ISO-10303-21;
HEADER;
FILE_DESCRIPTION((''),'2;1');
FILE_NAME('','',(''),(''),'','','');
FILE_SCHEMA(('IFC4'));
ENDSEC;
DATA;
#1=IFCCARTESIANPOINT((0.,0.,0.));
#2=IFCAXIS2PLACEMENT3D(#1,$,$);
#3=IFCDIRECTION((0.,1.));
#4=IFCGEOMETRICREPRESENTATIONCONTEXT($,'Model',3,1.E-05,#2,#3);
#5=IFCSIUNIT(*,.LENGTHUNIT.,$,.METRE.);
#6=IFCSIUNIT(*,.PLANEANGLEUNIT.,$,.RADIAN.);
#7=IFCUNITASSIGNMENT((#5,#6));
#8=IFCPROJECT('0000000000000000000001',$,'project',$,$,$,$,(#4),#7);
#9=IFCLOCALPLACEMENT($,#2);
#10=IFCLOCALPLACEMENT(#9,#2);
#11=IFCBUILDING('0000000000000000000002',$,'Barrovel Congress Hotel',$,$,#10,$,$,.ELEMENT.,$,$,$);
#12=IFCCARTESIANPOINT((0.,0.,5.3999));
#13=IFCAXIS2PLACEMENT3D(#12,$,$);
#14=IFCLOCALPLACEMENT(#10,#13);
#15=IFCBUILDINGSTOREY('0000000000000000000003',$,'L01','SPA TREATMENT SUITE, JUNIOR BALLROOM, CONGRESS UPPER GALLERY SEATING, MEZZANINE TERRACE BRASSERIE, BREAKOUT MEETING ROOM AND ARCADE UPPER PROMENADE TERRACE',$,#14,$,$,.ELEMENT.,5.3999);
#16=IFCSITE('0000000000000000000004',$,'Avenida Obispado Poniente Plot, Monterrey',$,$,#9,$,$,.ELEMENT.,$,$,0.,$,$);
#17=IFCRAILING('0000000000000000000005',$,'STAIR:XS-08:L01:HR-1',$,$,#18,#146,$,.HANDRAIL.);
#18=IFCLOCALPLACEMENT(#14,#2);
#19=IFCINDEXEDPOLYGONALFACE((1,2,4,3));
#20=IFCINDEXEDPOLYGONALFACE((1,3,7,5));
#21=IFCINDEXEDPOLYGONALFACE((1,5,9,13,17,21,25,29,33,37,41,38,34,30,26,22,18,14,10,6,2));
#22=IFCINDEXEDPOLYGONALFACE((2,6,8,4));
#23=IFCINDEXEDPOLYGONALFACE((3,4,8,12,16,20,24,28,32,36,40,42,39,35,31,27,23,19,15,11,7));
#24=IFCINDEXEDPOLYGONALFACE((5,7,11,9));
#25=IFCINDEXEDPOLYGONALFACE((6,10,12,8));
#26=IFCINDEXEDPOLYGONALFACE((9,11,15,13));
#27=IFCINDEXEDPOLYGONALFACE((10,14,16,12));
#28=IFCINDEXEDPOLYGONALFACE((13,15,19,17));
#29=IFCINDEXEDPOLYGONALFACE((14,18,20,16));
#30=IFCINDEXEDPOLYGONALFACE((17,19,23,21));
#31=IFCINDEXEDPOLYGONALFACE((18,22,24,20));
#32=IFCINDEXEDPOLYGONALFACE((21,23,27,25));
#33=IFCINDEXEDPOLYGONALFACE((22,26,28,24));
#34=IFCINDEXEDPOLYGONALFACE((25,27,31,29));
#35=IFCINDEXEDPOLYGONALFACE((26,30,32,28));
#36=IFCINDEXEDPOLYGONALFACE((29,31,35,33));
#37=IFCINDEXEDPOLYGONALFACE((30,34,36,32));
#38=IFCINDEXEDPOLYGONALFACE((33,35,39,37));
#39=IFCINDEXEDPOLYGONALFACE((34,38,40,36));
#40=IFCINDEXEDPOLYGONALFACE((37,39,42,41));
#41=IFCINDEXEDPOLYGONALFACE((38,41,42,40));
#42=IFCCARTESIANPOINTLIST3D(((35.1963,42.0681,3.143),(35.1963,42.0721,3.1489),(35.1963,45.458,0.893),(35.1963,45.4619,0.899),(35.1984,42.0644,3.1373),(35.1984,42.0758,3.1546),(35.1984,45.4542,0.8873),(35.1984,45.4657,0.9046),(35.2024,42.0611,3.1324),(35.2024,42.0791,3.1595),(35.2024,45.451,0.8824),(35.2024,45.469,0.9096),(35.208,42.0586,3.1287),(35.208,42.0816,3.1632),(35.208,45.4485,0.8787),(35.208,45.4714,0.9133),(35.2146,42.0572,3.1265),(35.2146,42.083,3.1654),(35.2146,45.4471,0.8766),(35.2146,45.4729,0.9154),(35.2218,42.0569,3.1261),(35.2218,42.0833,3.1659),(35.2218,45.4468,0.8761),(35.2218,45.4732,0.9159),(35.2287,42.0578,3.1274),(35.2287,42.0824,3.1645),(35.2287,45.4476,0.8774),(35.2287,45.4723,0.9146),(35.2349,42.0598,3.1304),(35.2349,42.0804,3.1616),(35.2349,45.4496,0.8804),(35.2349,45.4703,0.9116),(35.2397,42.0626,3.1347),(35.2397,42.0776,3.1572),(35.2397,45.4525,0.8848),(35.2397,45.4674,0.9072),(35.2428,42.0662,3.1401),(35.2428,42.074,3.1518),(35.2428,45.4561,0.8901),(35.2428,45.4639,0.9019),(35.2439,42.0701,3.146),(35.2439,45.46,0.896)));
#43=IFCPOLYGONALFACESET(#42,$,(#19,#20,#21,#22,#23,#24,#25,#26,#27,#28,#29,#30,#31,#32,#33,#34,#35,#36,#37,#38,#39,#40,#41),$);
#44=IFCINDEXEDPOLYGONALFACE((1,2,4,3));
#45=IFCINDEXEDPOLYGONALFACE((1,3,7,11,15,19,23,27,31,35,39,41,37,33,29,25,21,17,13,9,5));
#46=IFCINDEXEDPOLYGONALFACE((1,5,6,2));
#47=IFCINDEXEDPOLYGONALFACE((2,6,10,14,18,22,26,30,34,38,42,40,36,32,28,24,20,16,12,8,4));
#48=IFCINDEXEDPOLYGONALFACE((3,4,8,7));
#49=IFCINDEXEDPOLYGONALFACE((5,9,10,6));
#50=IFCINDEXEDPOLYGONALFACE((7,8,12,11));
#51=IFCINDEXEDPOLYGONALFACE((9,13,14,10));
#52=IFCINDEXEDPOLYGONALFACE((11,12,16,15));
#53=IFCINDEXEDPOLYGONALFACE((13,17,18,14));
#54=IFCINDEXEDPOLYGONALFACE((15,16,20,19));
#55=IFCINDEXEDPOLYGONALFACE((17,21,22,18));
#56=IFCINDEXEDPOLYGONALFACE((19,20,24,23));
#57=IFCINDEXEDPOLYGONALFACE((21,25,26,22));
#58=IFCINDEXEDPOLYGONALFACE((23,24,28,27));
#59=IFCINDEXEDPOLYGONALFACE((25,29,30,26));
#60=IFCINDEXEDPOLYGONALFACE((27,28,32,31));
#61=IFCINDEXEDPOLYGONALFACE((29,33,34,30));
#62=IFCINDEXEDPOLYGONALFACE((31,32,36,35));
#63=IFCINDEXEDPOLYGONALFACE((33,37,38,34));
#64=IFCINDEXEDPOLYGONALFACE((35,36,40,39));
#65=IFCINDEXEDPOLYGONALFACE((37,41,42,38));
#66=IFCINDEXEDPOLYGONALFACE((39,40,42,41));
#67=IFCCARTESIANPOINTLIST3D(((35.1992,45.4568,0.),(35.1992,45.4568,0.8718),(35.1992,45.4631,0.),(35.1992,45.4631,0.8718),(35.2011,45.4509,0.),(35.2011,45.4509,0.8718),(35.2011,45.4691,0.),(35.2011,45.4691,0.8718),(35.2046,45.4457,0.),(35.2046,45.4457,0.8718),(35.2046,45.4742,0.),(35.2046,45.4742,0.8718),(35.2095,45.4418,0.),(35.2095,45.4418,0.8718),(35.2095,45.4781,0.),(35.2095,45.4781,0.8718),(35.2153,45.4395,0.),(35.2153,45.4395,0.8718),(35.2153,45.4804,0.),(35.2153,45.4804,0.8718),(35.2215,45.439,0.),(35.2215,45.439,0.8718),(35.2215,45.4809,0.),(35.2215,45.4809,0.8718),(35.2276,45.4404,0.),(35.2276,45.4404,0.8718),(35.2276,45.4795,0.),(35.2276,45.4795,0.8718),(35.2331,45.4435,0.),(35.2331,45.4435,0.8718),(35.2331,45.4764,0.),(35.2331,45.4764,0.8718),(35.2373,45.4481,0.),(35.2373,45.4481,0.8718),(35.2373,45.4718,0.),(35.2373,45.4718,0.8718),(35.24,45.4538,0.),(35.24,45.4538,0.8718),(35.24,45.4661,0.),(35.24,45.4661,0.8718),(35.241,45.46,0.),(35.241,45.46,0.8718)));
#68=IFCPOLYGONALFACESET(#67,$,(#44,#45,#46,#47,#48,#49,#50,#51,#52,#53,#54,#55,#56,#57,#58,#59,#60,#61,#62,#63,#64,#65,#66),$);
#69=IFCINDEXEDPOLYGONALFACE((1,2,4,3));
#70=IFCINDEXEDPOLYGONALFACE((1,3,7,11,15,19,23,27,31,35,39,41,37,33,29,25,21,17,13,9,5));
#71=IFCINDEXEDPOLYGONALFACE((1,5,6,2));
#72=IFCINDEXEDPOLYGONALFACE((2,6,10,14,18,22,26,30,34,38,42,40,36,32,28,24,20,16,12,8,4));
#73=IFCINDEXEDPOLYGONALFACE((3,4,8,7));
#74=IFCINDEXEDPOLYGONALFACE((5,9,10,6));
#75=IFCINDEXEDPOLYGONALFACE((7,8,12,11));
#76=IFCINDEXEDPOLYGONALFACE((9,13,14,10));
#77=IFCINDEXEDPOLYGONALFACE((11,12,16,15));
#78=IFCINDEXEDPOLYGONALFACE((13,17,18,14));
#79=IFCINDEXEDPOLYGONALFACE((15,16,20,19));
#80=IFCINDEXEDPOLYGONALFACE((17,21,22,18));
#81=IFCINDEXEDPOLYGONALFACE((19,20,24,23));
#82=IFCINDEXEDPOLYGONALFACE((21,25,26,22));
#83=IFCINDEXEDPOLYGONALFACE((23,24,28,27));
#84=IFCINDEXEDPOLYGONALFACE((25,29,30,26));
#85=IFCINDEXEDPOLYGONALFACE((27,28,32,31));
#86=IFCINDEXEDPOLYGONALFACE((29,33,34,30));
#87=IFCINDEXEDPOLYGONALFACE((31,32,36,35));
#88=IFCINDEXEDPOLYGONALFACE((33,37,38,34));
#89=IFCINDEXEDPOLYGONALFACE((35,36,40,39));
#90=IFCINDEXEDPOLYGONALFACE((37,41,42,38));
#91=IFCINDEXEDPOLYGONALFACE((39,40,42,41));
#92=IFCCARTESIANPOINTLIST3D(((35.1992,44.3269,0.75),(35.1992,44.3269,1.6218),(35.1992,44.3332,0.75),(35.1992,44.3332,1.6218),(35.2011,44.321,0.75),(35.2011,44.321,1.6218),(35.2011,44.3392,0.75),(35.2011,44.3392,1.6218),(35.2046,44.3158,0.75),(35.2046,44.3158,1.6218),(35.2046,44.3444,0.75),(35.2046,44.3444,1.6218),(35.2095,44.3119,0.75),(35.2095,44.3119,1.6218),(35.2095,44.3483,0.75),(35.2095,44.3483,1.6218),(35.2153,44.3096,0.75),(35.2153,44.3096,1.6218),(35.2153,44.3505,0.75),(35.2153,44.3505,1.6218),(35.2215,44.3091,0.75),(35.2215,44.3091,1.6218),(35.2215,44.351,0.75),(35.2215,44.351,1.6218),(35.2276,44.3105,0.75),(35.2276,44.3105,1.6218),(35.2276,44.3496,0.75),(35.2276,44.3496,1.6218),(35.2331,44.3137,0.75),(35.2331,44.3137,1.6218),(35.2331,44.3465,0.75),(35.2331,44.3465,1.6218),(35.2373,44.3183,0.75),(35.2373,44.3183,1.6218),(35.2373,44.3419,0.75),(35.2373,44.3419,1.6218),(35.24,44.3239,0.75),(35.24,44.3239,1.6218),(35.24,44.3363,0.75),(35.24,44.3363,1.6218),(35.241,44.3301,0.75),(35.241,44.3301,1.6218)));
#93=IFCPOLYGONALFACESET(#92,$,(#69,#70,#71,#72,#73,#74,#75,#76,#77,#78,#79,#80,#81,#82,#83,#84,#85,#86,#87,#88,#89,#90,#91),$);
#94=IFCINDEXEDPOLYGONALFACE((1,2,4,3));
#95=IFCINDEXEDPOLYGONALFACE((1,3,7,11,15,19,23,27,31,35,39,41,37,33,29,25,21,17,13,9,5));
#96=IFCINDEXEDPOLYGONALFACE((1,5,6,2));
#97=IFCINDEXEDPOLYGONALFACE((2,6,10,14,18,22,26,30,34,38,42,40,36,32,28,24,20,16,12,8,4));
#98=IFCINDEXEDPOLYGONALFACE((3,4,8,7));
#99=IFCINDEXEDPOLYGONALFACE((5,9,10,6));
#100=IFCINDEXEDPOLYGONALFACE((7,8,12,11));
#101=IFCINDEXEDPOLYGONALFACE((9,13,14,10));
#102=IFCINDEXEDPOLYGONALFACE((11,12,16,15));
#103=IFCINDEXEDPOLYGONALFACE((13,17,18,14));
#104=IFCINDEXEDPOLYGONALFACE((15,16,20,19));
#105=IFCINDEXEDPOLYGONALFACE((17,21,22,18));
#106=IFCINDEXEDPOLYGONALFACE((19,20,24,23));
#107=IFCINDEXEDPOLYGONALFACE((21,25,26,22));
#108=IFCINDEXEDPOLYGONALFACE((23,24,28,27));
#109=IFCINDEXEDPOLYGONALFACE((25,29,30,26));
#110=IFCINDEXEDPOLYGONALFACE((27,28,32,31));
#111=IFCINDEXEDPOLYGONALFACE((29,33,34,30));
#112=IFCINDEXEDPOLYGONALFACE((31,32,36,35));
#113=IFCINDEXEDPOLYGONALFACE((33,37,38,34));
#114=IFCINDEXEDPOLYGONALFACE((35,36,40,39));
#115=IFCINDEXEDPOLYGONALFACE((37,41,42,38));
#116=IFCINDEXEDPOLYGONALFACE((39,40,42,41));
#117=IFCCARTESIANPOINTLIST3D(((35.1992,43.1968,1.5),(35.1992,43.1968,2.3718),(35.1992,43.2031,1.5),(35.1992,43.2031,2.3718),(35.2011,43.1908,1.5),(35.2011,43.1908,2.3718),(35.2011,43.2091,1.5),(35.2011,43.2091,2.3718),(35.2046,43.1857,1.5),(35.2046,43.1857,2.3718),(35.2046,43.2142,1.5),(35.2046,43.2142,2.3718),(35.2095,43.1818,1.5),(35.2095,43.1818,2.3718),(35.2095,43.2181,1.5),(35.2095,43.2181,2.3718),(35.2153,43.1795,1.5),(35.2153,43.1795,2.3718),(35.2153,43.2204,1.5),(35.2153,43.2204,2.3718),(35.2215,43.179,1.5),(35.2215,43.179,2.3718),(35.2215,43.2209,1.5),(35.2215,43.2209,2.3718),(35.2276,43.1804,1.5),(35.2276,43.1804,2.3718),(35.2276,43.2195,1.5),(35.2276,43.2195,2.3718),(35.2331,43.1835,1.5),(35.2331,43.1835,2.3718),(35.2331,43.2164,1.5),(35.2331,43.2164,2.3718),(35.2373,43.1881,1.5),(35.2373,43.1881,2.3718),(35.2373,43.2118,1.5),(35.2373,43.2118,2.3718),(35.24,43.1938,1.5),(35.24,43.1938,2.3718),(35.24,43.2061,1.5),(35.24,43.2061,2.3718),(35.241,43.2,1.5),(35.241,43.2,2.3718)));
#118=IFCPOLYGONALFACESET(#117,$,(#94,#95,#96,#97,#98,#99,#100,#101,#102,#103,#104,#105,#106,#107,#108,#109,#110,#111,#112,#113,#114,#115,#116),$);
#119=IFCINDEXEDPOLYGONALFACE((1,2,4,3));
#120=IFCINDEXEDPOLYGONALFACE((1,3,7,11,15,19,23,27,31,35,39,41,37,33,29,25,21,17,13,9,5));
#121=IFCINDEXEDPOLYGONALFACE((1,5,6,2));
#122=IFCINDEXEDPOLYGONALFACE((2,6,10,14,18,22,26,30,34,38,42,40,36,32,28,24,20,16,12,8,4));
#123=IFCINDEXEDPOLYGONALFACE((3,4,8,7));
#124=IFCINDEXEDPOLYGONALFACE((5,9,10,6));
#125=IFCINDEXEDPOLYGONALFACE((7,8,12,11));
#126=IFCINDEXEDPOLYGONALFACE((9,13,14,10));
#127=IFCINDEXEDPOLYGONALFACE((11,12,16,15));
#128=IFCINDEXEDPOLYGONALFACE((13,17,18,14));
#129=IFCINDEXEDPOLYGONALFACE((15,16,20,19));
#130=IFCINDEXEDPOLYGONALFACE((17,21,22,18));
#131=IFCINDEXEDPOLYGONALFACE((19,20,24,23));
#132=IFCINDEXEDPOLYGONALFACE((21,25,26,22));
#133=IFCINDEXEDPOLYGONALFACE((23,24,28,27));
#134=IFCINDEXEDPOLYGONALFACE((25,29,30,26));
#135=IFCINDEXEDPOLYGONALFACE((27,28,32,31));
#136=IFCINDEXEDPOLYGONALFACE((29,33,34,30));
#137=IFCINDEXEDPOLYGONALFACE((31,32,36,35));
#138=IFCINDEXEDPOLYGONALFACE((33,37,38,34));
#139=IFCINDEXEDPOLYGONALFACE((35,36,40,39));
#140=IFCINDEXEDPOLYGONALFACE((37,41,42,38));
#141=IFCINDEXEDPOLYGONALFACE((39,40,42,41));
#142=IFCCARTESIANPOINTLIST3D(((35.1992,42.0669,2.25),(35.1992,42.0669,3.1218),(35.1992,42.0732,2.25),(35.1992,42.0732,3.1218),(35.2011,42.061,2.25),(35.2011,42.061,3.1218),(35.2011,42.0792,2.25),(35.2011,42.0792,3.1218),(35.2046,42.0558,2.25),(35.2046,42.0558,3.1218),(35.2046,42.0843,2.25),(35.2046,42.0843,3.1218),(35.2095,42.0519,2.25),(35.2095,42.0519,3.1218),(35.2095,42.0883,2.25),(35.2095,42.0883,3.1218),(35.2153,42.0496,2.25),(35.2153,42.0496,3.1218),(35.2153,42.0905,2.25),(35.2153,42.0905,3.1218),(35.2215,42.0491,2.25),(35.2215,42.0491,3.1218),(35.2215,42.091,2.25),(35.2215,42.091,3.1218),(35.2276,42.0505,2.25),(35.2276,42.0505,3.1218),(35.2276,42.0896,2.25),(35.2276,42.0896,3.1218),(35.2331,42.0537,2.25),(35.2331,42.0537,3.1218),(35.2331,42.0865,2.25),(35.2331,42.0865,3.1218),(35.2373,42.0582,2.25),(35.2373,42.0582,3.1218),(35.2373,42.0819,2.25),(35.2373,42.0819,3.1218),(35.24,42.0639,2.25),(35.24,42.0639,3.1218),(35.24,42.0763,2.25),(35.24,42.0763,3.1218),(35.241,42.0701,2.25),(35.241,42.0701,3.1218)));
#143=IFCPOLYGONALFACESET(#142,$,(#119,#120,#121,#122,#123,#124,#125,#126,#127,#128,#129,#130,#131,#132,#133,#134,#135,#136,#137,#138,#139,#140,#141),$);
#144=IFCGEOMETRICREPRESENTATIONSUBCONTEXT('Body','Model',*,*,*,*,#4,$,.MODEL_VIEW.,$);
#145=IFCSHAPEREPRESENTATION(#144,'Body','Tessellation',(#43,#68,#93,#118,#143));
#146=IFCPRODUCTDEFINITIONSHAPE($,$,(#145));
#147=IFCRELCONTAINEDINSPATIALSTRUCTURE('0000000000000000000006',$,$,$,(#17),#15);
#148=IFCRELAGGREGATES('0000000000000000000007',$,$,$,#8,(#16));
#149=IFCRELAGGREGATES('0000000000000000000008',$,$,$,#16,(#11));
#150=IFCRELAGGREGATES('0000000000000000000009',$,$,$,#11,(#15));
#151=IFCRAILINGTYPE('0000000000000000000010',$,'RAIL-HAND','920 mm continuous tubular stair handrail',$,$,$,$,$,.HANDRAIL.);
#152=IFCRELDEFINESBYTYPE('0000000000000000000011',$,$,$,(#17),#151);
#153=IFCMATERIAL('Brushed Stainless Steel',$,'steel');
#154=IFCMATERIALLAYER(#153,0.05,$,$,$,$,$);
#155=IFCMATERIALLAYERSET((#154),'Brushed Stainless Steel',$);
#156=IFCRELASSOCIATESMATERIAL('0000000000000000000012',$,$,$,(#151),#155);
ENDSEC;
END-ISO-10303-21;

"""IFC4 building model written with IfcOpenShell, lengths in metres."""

from ifc_helpers import new_model, si_unit, direction, frame, origin, origin_2d, place, context, subcontext, project, spatial, circle, extrude, material, layer, layer_set, type_object, element, save


model = new_model("IFC4")

# Units and contexts
model_context = context("Model", 3, precision=1e-05, world=origin(), true_north=direction((0.0, 1.0)))
body_context = subcontext(model_context, "Body", "Model", "MODEL_VIEW")
ifc_project = project(units=[si_unit("LENGTHUNIT", "METRE"), si_unit("PLANEANGLEUNIT", "RADIAN")], contexts=[model_context])

# Site, building, storey
site_placement = place(None, origin())
site = spatial("IfcSite", under=ifc_project, at=site_placement, Name="Avenida Obispado Poniente Plot, Monterrey", CompositionType="ELEMENT", RefElevation=0.0)
building_placement = place(site_placement, origin())
building = spatial("IfcBuilding", under=site, at=building_placement, Name="Barrovel Congress Hotel", CompositionType="ELEMENT")
storey_placement = place(building_placement, frame((0.0, 0.0, 5.3999)))
storey = spatial("IfcBuildingStorey", under=building, at=storey_placement, Name="L01", Description="SPA TREATMENT SUITE, JUNIOR BALLROOM, CONGRESS UPPER GALLERY SEATING, MEZZANINE TERRACE BRASSERIE, BREAKOUT MEETING ROOM AND ARCADE UPPER PROMENADE TERRACE", CompositionType="ELEMENT", Elevation=5.3999)

# Shared definitions
ifc_material_1 = material(Name="Brushed Stainless Steel", Category="steel")

# Railing
ifc_layer_1 = layer(ifc_material_1, 0.05)
ifc_layer_set_1 = layer_set([ifc_layer_1], Name="Brushed Stainless Steel")
railing_type = type_object("IfcRailingType", Name="RAIL-HAND", Description="920 mm continuous tubular stair handrail", PredefinedType="HANDRAIL", material=ifc_layer_set_1)
railing_1_placement = place(storey_placement, frame((35.22, 45.46, 0.0)))
element("IfcRailing", 1, at=railing_1_placement, inside=storey, type_object=railing_type, Name="STAIR:XS-08:L01:HR-1", PredefinedType="HANDRAIL", context=body_context, shape_type="SweptSolid", body=[
    extrude(circle(Radius=0.0239, at=origin_2d()), frame((0.0, 0.0, 0.896), z_axis=(0.0, -0.833175, 0.55301), x_axis=(1.0, 0.0, 0.0)), (0.0, 0.0, 1.0), 4.0686),
    extrude(circle(Radius=0.021, at=origin_2d()), origin(), (0.0, 0.0, 1.0), 0.8718),
    extrude(circle(Radius=0.021, at=origin_2d()), frame((0.0, -1.1299, 0.75)), (0.0, 0.0, 1.0), 0.8718),
    extrude(circle(Radius=0.021, at=origin_2d()), frame((0.0, -2.26, 1.5)), (0.0, 0.0, 1.0), 0.8718),
    extrude(circle(Radius=0.021, at=origin_2d()), frame((0.0, -3.3899, 2.25)), (0.0, 0.0, 1.0), 0.8718),
])

save(model, "model.ifc")
